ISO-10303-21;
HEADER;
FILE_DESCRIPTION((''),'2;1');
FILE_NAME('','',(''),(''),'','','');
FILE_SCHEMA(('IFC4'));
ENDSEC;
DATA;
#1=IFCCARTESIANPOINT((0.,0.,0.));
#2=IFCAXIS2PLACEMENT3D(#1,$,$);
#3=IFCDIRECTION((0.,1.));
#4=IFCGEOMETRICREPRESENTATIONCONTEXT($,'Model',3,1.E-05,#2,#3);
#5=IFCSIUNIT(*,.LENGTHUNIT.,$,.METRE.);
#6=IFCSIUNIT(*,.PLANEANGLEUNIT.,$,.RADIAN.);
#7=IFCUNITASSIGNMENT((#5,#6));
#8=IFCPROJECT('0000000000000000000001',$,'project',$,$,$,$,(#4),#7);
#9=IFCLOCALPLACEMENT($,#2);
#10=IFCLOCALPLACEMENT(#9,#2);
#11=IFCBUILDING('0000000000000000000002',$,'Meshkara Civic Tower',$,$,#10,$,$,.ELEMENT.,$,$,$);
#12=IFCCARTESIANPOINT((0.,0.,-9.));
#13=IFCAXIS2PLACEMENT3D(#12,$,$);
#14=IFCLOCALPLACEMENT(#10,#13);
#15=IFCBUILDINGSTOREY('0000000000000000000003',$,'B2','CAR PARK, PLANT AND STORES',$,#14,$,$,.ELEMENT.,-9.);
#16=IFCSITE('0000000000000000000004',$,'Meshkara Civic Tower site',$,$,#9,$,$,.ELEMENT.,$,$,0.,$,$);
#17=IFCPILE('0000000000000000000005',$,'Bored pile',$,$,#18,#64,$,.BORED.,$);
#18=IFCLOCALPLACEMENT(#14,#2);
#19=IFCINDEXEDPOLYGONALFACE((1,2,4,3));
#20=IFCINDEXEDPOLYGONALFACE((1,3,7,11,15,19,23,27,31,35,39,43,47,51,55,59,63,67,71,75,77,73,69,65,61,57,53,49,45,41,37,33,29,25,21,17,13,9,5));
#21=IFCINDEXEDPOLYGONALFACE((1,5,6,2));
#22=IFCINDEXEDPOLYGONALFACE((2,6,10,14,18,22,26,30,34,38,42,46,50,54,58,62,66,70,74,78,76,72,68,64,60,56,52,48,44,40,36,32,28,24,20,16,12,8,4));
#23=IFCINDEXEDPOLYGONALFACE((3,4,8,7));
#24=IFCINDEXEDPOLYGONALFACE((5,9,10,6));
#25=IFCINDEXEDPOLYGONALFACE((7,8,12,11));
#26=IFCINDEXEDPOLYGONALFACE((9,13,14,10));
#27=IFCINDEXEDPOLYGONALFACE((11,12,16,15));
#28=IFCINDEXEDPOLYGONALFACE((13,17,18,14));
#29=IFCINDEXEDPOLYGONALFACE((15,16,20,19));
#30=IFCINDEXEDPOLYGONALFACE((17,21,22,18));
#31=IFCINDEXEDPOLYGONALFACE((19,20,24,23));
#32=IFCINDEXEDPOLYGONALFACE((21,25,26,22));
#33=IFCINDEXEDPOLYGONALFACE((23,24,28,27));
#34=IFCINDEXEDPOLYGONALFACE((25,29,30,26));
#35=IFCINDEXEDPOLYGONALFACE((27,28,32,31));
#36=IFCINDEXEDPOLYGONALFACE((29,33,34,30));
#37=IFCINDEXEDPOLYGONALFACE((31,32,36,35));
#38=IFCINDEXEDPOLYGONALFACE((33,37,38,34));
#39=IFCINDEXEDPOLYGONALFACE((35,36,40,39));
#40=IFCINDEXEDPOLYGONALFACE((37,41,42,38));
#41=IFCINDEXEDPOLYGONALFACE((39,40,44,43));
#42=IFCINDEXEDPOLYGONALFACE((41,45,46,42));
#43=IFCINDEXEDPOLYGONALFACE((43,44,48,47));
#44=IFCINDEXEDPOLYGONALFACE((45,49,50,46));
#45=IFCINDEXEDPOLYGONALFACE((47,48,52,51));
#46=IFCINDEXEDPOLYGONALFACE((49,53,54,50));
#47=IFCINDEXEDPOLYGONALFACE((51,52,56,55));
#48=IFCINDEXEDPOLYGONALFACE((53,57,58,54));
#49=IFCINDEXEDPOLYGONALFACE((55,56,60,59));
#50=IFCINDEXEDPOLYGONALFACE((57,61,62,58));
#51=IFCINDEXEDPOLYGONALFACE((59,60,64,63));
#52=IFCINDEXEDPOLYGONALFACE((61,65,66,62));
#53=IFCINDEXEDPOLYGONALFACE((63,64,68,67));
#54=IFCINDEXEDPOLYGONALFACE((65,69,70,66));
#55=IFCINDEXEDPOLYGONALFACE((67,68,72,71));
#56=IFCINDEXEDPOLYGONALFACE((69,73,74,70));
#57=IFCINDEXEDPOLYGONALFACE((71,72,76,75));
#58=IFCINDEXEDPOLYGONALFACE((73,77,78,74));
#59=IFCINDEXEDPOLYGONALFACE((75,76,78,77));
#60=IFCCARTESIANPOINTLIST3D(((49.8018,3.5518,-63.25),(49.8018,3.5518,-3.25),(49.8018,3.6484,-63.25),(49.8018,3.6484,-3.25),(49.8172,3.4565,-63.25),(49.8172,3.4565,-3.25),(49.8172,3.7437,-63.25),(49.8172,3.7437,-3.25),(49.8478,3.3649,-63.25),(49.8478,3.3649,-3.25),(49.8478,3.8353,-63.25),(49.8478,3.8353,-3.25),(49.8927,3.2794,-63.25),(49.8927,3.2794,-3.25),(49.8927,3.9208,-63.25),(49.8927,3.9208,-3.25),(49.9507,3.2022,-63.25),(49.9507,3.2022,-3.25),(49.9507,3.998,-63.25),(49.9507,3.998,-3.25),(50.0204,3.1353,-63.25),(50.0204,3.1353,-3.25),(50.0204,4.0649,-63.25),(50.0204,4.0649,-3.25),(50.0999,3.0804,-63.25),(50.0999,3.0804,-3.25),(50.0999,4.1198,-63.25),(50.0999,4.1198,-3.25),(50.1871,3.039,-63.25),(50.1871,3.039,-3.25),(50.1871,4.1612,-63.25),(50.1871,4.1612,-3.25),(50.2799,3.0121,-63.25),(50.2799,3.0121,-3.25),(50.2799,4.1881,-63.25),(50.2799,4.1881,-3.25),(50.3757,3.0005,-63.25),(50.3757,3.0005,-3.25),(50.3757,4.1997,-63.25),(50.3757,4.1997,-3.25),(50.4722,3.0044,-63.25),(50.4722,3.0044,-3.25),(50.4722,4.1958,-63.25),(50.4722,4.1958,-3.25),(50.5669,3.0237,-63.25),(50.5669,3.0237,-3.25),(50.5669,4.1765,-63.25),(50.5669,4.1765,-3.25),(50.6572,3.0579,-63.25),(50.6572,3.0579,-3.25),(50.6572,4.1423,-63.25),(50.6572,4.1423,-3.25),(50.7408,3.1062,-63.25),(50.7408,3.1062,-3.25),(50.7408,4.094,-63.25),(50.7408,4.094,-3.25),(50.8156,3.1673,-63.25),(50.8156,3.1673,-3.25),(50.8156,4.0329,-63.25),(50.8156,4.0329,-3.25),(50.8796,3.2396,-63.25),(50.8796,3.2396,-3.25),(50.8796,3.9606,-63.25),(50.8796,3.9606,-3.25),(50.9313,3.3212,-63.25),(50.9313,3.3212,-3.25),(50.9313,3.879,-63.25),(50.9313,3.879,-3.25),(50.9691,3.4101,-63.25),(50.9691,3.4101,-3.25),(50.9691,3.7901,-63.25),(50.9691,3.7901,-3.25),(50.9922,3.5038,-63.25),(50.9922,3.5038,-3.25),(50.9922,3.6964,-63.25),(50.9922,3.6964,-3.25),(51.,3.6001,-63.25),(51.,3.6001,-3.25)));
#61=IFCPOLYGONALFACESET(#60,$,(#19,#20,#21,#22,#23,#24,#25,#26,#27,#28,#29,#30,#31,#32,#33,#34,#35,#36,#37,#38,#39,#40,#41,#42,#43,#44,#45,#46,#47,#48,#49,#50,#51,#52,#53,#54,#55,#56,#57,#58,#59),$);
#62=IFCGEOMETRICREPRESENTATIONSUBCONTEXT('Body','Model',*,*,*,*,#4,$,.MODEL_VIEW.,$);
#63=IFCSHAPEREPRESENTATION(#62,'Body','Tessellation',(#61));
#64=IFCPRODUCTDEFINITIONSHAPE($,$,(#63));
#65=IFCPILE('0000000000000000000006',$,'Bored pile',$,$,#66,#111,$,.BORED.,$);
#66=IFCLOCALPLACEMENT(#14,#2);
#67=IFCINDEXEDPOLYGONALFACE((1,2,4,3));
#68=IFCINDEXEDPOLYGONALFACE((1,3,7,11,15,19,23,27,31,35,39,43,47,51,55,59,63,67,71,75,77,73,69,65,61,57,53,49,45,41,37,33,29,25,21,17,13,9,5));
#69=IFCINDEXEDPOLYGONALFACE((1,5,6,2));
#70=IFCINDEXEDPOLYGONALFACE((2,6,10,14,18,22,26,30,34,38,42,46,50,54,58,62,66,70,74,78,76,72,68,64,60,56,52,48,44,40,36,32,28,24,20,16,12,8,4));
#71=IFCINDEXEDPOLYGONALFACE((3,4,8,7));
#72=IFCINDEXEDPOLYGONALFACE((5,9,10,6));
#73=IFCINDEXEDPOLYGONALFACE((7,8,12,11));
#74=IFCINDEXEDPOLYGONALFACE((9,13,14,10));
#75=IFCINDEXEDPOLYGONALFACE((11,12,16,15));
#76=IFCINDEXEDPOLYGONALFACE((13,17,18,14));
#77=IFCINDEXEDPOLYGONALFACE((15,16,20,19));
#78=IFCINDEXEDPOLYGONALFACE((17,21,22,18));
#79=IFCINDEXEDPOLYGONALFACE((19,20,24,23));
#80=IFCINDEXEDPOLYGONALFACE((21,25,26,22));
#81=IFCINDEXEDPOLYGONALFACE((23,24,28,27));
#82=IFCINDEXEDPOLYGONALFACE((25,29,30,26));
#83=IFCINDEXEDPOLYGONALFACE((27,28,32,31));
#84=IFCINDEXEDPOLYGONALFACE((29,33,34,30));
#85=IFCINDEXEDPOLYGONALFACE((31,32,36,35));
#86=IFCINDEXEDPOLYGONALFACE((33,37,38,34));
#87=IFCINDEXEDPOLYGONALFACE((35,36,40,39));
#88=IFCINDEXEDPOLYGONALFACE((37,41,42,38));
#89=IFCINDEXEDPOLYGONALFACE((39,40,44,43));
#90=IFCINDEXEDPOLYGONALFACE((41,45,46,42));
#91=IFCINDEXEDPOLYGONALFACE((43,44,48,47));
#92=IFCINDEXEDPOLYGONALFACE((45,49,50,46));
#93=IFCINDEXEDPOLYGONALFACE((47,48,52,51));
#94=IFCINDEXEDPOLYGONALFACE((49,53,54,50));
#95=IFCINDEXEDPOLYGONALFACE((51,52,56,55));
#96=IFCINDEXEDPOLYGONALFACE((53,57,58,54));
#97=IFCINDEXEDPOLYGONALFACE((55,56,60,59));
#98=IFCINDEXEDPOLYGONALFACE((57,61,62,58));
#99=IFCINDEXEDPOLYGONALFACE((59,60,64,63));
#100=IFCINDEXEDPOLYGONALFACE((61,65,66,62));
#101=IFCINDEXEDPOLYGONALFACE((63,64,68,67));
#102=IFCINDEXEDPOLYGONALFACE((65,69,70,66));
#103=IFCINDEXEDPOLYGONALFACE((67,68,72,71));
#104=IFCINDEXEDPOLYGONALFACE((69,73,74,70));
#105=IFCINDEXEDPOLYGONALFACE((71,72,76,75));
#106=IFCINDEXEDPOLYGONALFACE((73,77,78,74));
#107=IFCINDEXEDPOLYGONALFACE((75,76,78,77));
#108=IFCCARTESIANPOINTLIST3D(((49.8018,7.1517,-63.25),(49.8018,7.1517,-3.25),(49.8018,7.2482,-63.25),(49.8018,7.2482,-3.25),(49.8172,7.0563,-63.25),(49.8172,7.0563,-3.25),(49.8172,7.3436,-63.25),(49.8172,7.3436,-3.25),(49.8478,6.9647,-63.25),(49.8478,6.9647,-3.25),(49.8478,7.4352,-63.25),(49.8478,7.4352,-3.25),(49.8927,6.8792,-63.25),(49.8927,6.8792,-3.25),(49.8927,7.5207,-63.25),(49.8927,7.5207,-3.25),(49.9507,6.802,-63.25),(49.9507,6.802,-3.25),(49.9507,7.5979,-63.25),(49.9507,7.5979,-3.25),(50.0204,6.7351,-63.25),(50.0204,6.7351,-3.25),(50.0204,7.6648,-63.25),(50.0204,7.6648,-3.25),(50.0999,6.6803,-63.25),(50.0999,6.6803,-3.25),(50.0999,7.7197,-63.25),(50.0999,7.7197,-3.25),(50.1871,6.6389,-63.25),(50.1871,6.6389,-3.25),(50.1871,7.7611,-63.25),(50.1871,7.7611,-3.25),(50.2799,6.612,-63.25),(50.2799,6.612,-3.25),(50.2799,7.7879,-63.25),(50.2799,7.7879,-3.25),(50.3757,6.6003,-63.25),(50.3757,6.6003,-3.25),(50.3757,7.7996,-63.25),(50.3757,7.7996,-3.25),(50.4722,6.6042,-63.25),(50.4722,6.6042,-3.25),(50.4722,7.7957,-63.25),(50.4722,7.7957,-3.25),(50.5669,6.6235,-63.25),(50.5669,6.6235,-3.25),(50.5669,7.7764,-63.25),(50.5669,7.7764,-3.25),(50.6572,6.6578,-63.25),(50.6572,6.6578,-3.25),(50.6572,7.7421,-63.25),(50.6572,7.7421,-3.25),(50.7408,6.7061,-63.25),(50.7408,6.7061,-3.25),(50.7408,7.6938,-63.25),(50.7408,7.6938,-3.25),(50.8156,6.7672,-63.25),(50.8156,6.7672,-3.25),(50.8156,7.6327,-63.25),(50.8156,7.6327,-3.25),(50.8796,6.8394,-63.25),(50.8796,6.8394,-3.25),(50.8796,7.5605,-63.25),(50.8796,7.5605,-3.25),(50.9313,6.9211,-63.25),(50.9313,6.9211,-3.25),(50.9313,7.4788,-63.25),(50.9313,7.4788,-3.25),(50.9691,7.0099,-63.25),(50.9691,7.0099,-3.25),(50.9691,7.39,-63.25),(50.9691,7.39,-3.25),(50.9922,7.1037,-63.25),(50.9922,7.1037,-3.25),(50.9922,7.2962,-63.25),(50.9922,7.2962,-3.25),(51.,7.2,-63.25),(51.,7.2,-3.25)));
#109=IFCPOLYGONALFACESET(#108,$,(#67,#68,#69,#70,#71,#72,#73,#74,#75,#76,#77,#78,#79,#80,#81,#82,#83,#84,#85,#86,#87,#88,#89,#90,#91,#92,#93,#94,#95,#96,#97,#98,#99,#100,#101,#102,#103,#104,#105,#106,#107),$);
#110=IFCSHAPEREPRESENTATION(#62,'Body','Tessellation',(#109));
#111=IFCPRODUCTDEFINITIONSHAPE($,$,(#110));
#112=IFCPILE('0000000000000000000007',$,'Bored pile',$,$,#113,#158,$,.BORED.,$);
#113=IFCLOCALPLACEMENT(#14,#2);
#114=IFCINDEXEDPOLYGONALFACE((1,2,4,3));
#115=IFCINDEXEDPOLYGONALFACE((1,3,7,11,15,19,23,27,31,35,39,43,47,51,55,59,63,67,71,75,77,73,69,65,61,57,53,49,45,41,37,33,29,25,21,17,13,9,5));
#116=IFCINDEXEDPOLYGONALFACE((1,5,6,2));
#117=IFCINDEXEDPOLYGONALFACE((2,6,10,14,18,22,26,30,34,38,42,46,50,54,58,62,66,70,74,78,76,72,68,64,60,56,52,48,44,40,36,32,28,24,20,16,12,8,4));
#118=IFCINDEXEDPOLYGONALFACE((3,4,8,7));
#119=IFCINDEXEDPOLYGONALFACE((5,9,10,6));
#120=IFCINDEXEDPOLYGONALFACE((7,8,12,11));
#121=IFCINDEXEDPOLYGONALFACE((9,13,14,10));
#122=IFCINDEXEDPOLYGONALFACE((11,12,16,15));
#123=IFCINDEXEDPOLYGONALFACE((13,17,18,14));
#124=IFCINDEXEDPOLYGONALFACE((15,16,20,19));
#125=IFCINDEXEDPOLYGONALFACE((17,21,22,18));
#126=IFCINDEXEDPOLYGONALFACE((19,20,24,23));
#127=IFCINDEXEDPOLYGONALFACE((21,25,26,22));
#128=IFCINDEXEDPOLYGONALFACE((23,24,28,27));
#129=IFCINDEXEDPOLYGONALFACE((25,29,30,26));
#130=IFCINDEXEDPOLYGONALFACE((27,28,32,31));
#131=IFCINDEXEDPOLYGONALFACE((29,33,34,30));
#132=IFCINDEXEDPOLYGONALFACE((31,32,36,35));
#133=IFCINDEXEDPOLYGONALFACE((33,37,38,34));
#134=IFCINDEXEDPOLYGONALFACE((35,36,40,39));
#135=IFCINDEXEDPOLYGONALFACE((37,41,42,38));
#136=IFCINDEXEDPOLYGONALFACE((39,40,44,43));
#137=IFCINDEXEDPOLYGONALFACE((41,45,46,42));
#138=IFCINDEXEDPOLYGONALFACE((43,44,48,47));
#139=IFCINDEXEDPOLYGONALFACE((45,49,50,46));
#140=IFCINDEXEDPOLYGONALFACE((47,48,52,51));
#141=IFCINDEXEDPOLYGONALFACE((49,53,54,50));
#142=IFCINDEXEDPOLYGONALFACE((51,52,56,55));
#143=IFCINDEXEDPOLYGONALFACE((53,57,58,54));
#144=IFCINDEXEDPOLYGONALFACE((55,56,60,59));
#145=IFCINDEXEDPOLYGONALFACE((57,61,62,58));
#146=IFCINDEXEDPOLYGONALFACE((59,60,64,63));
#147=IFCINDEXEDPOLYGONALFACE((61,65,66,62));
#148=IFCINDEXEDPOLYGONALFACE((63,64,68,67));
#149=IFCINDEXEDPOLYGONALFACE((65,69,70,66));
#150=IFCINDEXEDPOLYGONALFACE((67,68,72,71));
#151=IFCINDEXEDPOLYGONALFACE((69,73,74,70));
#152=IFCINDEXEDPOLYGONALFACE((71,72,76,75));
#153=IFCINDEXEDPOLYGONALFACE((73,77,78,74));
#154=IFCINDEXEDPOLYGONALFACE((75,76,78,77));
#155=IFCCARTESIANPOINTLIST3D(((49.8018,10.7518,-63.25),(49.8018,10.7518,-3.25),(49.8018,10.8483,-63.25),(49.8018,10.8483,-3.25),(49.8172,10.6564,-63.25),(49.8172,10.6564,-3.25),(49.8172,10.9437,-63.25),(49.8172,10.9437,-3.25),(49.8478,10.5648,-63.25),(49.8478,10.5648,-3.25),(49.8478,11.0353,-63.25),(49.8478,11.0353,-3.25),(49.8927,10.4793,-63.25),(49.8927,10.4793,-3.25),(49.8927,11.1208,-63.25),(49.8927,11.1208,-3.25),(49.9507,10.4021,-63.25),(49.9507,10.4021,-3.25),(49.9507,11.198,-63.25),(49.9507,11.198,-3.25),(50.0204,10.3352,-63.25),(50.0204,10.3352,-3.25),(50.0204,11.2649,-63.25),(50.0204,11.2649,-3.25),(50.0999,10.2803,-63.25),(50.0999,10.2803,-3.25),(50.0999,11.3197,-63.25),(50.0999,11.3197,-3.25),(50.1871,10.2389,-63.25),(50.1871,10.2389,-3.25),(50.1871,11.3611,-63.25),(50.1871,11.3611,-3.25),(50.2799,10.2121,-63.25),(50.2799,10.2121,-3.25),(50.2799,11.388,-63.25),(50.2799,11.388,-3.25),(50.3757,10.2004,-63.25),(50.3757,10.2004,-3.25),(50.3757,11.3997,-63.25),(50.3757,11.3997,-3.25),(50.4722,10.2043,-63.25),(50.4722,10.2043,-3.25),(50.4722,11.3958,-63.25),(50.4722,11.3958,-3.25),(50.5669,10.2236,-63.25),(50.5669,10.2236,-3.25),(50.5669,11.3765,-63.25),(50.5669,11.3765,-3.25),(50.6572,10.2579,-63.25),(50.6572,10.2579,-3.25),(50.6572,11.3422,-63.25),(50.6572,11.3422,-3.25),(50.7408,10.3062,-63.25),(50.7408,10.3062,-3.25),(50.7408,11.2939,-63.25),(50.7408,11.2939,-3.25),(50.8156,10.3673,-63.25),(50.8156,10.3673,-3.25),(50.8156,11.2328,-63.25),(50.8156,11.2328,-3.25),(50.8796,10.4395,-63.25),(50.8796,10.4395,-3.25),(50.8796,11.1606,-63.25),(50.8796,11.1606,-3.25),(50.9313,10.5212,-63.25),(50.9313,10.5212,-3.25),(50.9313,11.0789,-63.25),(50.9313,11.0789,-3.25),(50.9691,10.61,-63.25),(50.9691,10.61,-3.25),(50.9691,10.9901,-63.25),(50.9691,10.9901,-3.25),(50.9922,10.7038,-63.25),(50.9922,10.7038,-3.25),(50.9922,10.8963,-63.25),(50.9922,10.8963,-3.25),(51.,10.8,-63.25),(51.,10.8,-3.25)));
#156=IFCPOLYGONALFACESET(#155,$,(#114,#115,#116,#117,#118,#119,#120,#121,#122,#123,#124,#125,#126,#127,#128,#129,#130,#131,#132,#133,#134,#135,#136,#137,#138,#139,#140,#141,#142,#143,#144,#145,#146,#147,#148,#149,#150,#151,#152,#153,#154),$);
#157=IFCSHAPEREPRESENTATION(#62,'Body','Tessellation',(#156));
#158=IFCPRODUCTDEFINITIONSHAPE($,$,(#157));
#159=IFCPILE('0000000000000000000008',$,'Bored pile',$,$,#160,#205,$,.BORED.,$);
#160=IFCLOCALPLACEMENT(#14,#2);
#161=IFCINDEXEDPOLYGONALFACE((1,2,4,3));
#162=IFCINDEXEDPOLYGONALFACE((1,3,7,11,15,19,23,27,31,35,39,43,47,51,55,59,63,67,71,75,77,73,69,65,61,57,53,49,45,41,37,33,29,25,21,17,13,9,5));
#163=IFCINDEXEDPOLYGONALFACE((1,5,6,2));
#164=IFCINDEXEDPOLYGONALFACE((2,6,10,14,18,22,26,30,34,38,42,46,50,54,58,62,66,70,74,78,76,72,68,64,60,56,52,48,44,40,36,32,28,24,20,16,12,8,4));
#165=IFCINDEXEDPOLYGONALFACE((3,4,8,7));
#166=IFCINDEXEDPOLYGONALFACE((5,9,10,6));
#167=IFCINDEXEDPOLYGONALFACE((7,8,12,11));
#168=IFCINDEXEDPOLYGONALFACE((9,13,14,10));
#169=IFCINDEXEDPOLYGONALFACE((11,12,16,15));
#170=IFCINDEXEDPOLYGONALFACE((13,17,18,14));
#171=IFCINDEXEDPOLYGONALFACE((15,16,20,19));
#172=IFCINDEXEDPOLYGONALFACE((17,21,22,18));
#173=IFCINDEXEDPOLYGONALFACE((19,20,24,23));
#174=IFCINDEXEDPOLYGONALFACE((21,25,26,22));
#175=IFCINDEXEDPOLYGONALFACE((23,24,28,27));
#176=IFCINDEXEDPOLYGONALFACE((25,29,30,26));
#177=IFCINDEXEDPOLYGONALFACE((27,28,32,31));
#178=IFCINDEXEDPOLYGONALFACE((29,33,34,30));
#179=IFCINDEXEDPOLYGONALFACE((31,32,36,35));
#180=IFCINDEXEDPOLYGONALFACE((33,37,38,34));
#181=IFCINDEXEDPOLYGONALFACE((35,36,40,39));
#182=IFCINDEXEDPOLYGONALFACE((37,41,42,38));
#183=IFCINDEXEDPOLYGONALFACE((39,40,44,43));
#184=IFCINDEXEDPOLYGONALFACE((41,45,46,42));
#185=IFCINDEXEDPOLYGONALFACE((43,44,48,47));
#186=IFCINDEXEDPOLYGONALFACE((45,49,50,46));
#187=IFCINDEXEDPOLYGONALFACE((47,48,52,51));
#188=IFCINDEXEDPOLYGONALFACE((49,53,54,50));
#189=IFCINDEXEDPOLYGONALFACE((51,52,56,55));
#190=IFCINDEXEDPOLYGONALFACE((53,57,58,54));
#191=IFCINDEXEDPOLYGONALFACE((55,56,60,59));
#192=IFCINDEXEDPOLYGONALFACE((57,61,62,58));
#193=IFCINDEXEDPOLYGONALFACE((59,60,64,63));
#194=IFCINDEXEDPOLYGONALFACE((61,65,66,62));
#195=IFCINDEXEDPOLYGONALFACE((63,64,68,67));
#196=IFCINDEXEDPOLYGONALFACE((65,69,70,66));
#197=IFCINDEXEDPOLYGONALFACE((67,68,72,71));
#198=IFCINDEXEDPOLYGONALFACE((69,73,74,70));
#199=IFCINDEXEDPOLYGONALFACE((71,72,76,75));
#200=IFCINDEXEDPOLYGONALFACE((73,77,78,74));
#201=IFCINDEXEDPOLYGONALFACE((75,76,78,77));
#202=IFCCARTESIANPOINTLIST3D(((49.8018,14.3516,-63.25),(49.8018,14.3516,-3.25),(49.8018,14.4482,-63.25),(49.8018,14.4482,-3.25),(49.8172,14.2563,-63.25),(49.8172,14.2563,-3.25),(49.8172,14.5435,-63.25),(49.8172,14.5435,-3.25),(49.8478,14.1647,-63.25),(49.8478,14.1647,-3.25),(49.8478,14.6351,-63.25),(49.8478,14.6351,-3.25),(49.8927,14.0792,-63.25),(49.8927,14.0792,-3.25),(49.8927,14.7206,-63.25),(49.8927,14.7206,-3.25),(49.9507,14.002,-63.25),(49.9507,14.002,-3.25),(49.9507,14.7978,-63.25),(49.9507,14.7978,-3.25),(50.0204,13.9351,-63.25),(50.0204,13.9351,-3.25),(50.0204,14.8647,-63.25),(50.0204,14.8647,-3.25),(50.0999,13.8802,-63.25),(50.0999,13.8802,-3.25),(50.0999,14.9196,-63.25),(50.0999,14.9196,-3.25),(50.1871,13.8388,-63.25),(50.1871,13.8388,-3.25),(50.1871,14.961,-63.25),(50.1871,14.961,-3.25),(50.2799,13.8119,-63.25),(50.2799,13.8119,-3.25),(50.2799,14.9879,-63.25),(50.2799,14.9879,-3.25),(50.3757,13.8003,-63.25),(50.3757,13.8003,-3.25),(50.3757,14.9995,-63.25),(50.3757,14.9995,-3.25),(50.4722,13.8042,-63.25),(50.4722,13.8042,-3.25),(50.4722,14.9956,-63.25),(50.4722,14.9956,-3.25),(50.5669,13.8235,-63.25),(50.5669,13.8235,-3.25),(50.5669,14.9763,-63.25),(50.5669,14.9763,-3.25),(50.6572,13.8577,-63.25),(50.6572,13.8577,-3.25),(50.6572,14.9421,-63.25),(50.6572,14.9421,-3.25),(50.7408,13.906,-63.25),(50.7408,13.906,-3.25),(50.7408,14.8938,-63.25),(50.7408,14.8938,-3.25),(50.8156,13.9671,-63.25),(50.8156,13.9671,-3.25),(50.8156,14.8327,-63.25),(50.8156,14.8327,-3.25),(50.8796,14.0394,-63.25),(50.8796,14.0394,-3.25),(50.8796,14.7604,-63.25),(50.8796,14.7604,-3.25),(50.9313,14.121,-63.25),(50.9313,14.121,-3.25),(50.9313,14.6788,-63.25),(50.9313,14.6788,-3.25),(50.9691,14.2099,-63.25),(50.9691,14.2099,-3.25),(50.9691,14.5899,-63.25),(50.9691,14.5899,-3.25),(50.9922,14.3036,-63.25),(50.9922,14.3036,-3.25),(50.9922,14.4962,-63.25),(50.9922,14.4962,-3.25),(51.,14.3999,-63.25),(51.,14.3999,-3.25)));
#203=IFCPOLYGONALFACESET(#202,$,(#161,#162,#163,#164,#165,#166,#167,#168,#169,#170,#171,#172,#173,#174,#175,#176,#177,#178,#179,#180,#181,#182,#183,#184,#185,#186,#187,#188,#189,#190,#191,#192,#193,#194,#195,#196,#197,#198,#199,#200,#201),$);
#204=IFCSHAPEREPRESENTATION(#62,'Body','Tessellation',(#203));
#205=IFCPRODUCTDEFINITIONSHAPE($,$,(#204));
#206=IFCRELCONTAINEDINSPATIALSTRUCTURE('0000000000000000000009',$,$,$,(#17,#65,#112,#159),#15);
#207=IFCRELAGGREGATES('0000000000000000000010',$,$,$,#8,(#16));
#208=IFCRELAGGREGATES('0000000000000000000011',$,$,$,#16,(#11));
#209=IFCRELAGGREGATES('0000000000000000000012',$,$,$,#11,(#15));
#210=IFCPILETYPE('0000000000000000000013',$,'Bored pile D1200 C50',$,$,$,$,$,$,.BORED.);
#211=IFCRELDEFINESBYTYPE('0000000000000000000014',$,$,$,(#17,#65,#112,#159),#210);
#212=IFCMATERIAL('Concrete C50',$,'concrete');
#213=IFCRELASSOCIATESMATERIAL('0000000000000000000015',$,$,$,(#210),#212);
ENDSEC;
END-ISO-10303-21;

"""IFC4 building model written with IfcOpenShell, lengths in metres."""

from ifc_helpers import new_model, si_unit, direction, frame, origin, origin_2d, place, context, subcontext, project, spatial, circle, extrude, material, material_profile, profile_set, type_object, element, save


model = new_model("IFC4")

# Units and contexts
model_context = context("Model", 3, precision=1e-05, world=origin(), true_north=direction((0.0, 1.0)))
body_context = subcontext(model_context, "Body", "Model", "MODEL_VIEW")
ifc_project = project(units=[si_unit("LENGTHUNIT", "METRE"), si_unit("PLANEANGLEUNIT", "RADIAN")], contexts=[model_context])

# Site, building, storey
site_placement = place(None, origin())
site = spatial("IfcSite", under=ifc_project, at=site_placement, Name="Meshkara Civic Tower site", CompositionType="ELEMENT", RefElevation=0.0)
building_placement = place(site_placement, origin())
building = spatial("IfcBuilding", under=site, at=building_placement, Name="Meshkara Civic Tower", CompositionType="ELEMENT")
storey_placement = place(building_placement, frame((0.0, 0.0, -9.0)))
storey = spatial("IfcBuildingStorey", under=building, at=storey_placement, Name="B2", Description="CAR PARK, PLANT AND STORES", CompositionType="ELEMENT", Elevation=-9.0)

# Piles
ifc_material_1 = material(Name="Concrete C50", Category="concrete")
ifc_material_profile_1 = material_profile(ifc_material_1, circle(Radius=0.6001, at=origin_2d()))
ifc_profile_set_1 = profile_set([ifc_material_profile_1], Name="Concrete C50")
pile_type = type_object("IfcPileType", Name="Bored pile D1200 C50", PredefinedType="BORED", material=ifc_profile_set_1)
for number, where, z_axis, x_axis, name in (
    (1, (50.3999, 3.6001, -3.25), (0.0, 0.0, -1.0), (1.0, 0.0, 0.0), "Bored pile"),
    (2, (50.3999, 7.2, -3.25), (0.0, 0.0, -1.0), (1.0, 0.0, 0.0), "Bored pile"),
    (3, (50.3999, 10.8, -3.25), (0.0, 0.0, -1.0), (1.0, 0.0, 0.0), "Bored pile"),
    (4, (50.3999, 14.3999, -3.25), (0.0, 0.0, -1.0), (1.0, 0.0, 0.0), "Bored pile"),
):
    element("IfcPile", number, at=place(storey_placement, frame(where, z_axis=z_axis, x_axis=x_axis)), inside=storey, type_object=pile_type, Name=name, PredefinedType="BORED", context=body_context, shape_type="SweptSolid", body=[
        extrude(circle(Radius=0.6001, at=origin_2d()), origin(), (0.0, 0.0, 1.0), 60.0),
    ])

save(model, "model.ifc")
